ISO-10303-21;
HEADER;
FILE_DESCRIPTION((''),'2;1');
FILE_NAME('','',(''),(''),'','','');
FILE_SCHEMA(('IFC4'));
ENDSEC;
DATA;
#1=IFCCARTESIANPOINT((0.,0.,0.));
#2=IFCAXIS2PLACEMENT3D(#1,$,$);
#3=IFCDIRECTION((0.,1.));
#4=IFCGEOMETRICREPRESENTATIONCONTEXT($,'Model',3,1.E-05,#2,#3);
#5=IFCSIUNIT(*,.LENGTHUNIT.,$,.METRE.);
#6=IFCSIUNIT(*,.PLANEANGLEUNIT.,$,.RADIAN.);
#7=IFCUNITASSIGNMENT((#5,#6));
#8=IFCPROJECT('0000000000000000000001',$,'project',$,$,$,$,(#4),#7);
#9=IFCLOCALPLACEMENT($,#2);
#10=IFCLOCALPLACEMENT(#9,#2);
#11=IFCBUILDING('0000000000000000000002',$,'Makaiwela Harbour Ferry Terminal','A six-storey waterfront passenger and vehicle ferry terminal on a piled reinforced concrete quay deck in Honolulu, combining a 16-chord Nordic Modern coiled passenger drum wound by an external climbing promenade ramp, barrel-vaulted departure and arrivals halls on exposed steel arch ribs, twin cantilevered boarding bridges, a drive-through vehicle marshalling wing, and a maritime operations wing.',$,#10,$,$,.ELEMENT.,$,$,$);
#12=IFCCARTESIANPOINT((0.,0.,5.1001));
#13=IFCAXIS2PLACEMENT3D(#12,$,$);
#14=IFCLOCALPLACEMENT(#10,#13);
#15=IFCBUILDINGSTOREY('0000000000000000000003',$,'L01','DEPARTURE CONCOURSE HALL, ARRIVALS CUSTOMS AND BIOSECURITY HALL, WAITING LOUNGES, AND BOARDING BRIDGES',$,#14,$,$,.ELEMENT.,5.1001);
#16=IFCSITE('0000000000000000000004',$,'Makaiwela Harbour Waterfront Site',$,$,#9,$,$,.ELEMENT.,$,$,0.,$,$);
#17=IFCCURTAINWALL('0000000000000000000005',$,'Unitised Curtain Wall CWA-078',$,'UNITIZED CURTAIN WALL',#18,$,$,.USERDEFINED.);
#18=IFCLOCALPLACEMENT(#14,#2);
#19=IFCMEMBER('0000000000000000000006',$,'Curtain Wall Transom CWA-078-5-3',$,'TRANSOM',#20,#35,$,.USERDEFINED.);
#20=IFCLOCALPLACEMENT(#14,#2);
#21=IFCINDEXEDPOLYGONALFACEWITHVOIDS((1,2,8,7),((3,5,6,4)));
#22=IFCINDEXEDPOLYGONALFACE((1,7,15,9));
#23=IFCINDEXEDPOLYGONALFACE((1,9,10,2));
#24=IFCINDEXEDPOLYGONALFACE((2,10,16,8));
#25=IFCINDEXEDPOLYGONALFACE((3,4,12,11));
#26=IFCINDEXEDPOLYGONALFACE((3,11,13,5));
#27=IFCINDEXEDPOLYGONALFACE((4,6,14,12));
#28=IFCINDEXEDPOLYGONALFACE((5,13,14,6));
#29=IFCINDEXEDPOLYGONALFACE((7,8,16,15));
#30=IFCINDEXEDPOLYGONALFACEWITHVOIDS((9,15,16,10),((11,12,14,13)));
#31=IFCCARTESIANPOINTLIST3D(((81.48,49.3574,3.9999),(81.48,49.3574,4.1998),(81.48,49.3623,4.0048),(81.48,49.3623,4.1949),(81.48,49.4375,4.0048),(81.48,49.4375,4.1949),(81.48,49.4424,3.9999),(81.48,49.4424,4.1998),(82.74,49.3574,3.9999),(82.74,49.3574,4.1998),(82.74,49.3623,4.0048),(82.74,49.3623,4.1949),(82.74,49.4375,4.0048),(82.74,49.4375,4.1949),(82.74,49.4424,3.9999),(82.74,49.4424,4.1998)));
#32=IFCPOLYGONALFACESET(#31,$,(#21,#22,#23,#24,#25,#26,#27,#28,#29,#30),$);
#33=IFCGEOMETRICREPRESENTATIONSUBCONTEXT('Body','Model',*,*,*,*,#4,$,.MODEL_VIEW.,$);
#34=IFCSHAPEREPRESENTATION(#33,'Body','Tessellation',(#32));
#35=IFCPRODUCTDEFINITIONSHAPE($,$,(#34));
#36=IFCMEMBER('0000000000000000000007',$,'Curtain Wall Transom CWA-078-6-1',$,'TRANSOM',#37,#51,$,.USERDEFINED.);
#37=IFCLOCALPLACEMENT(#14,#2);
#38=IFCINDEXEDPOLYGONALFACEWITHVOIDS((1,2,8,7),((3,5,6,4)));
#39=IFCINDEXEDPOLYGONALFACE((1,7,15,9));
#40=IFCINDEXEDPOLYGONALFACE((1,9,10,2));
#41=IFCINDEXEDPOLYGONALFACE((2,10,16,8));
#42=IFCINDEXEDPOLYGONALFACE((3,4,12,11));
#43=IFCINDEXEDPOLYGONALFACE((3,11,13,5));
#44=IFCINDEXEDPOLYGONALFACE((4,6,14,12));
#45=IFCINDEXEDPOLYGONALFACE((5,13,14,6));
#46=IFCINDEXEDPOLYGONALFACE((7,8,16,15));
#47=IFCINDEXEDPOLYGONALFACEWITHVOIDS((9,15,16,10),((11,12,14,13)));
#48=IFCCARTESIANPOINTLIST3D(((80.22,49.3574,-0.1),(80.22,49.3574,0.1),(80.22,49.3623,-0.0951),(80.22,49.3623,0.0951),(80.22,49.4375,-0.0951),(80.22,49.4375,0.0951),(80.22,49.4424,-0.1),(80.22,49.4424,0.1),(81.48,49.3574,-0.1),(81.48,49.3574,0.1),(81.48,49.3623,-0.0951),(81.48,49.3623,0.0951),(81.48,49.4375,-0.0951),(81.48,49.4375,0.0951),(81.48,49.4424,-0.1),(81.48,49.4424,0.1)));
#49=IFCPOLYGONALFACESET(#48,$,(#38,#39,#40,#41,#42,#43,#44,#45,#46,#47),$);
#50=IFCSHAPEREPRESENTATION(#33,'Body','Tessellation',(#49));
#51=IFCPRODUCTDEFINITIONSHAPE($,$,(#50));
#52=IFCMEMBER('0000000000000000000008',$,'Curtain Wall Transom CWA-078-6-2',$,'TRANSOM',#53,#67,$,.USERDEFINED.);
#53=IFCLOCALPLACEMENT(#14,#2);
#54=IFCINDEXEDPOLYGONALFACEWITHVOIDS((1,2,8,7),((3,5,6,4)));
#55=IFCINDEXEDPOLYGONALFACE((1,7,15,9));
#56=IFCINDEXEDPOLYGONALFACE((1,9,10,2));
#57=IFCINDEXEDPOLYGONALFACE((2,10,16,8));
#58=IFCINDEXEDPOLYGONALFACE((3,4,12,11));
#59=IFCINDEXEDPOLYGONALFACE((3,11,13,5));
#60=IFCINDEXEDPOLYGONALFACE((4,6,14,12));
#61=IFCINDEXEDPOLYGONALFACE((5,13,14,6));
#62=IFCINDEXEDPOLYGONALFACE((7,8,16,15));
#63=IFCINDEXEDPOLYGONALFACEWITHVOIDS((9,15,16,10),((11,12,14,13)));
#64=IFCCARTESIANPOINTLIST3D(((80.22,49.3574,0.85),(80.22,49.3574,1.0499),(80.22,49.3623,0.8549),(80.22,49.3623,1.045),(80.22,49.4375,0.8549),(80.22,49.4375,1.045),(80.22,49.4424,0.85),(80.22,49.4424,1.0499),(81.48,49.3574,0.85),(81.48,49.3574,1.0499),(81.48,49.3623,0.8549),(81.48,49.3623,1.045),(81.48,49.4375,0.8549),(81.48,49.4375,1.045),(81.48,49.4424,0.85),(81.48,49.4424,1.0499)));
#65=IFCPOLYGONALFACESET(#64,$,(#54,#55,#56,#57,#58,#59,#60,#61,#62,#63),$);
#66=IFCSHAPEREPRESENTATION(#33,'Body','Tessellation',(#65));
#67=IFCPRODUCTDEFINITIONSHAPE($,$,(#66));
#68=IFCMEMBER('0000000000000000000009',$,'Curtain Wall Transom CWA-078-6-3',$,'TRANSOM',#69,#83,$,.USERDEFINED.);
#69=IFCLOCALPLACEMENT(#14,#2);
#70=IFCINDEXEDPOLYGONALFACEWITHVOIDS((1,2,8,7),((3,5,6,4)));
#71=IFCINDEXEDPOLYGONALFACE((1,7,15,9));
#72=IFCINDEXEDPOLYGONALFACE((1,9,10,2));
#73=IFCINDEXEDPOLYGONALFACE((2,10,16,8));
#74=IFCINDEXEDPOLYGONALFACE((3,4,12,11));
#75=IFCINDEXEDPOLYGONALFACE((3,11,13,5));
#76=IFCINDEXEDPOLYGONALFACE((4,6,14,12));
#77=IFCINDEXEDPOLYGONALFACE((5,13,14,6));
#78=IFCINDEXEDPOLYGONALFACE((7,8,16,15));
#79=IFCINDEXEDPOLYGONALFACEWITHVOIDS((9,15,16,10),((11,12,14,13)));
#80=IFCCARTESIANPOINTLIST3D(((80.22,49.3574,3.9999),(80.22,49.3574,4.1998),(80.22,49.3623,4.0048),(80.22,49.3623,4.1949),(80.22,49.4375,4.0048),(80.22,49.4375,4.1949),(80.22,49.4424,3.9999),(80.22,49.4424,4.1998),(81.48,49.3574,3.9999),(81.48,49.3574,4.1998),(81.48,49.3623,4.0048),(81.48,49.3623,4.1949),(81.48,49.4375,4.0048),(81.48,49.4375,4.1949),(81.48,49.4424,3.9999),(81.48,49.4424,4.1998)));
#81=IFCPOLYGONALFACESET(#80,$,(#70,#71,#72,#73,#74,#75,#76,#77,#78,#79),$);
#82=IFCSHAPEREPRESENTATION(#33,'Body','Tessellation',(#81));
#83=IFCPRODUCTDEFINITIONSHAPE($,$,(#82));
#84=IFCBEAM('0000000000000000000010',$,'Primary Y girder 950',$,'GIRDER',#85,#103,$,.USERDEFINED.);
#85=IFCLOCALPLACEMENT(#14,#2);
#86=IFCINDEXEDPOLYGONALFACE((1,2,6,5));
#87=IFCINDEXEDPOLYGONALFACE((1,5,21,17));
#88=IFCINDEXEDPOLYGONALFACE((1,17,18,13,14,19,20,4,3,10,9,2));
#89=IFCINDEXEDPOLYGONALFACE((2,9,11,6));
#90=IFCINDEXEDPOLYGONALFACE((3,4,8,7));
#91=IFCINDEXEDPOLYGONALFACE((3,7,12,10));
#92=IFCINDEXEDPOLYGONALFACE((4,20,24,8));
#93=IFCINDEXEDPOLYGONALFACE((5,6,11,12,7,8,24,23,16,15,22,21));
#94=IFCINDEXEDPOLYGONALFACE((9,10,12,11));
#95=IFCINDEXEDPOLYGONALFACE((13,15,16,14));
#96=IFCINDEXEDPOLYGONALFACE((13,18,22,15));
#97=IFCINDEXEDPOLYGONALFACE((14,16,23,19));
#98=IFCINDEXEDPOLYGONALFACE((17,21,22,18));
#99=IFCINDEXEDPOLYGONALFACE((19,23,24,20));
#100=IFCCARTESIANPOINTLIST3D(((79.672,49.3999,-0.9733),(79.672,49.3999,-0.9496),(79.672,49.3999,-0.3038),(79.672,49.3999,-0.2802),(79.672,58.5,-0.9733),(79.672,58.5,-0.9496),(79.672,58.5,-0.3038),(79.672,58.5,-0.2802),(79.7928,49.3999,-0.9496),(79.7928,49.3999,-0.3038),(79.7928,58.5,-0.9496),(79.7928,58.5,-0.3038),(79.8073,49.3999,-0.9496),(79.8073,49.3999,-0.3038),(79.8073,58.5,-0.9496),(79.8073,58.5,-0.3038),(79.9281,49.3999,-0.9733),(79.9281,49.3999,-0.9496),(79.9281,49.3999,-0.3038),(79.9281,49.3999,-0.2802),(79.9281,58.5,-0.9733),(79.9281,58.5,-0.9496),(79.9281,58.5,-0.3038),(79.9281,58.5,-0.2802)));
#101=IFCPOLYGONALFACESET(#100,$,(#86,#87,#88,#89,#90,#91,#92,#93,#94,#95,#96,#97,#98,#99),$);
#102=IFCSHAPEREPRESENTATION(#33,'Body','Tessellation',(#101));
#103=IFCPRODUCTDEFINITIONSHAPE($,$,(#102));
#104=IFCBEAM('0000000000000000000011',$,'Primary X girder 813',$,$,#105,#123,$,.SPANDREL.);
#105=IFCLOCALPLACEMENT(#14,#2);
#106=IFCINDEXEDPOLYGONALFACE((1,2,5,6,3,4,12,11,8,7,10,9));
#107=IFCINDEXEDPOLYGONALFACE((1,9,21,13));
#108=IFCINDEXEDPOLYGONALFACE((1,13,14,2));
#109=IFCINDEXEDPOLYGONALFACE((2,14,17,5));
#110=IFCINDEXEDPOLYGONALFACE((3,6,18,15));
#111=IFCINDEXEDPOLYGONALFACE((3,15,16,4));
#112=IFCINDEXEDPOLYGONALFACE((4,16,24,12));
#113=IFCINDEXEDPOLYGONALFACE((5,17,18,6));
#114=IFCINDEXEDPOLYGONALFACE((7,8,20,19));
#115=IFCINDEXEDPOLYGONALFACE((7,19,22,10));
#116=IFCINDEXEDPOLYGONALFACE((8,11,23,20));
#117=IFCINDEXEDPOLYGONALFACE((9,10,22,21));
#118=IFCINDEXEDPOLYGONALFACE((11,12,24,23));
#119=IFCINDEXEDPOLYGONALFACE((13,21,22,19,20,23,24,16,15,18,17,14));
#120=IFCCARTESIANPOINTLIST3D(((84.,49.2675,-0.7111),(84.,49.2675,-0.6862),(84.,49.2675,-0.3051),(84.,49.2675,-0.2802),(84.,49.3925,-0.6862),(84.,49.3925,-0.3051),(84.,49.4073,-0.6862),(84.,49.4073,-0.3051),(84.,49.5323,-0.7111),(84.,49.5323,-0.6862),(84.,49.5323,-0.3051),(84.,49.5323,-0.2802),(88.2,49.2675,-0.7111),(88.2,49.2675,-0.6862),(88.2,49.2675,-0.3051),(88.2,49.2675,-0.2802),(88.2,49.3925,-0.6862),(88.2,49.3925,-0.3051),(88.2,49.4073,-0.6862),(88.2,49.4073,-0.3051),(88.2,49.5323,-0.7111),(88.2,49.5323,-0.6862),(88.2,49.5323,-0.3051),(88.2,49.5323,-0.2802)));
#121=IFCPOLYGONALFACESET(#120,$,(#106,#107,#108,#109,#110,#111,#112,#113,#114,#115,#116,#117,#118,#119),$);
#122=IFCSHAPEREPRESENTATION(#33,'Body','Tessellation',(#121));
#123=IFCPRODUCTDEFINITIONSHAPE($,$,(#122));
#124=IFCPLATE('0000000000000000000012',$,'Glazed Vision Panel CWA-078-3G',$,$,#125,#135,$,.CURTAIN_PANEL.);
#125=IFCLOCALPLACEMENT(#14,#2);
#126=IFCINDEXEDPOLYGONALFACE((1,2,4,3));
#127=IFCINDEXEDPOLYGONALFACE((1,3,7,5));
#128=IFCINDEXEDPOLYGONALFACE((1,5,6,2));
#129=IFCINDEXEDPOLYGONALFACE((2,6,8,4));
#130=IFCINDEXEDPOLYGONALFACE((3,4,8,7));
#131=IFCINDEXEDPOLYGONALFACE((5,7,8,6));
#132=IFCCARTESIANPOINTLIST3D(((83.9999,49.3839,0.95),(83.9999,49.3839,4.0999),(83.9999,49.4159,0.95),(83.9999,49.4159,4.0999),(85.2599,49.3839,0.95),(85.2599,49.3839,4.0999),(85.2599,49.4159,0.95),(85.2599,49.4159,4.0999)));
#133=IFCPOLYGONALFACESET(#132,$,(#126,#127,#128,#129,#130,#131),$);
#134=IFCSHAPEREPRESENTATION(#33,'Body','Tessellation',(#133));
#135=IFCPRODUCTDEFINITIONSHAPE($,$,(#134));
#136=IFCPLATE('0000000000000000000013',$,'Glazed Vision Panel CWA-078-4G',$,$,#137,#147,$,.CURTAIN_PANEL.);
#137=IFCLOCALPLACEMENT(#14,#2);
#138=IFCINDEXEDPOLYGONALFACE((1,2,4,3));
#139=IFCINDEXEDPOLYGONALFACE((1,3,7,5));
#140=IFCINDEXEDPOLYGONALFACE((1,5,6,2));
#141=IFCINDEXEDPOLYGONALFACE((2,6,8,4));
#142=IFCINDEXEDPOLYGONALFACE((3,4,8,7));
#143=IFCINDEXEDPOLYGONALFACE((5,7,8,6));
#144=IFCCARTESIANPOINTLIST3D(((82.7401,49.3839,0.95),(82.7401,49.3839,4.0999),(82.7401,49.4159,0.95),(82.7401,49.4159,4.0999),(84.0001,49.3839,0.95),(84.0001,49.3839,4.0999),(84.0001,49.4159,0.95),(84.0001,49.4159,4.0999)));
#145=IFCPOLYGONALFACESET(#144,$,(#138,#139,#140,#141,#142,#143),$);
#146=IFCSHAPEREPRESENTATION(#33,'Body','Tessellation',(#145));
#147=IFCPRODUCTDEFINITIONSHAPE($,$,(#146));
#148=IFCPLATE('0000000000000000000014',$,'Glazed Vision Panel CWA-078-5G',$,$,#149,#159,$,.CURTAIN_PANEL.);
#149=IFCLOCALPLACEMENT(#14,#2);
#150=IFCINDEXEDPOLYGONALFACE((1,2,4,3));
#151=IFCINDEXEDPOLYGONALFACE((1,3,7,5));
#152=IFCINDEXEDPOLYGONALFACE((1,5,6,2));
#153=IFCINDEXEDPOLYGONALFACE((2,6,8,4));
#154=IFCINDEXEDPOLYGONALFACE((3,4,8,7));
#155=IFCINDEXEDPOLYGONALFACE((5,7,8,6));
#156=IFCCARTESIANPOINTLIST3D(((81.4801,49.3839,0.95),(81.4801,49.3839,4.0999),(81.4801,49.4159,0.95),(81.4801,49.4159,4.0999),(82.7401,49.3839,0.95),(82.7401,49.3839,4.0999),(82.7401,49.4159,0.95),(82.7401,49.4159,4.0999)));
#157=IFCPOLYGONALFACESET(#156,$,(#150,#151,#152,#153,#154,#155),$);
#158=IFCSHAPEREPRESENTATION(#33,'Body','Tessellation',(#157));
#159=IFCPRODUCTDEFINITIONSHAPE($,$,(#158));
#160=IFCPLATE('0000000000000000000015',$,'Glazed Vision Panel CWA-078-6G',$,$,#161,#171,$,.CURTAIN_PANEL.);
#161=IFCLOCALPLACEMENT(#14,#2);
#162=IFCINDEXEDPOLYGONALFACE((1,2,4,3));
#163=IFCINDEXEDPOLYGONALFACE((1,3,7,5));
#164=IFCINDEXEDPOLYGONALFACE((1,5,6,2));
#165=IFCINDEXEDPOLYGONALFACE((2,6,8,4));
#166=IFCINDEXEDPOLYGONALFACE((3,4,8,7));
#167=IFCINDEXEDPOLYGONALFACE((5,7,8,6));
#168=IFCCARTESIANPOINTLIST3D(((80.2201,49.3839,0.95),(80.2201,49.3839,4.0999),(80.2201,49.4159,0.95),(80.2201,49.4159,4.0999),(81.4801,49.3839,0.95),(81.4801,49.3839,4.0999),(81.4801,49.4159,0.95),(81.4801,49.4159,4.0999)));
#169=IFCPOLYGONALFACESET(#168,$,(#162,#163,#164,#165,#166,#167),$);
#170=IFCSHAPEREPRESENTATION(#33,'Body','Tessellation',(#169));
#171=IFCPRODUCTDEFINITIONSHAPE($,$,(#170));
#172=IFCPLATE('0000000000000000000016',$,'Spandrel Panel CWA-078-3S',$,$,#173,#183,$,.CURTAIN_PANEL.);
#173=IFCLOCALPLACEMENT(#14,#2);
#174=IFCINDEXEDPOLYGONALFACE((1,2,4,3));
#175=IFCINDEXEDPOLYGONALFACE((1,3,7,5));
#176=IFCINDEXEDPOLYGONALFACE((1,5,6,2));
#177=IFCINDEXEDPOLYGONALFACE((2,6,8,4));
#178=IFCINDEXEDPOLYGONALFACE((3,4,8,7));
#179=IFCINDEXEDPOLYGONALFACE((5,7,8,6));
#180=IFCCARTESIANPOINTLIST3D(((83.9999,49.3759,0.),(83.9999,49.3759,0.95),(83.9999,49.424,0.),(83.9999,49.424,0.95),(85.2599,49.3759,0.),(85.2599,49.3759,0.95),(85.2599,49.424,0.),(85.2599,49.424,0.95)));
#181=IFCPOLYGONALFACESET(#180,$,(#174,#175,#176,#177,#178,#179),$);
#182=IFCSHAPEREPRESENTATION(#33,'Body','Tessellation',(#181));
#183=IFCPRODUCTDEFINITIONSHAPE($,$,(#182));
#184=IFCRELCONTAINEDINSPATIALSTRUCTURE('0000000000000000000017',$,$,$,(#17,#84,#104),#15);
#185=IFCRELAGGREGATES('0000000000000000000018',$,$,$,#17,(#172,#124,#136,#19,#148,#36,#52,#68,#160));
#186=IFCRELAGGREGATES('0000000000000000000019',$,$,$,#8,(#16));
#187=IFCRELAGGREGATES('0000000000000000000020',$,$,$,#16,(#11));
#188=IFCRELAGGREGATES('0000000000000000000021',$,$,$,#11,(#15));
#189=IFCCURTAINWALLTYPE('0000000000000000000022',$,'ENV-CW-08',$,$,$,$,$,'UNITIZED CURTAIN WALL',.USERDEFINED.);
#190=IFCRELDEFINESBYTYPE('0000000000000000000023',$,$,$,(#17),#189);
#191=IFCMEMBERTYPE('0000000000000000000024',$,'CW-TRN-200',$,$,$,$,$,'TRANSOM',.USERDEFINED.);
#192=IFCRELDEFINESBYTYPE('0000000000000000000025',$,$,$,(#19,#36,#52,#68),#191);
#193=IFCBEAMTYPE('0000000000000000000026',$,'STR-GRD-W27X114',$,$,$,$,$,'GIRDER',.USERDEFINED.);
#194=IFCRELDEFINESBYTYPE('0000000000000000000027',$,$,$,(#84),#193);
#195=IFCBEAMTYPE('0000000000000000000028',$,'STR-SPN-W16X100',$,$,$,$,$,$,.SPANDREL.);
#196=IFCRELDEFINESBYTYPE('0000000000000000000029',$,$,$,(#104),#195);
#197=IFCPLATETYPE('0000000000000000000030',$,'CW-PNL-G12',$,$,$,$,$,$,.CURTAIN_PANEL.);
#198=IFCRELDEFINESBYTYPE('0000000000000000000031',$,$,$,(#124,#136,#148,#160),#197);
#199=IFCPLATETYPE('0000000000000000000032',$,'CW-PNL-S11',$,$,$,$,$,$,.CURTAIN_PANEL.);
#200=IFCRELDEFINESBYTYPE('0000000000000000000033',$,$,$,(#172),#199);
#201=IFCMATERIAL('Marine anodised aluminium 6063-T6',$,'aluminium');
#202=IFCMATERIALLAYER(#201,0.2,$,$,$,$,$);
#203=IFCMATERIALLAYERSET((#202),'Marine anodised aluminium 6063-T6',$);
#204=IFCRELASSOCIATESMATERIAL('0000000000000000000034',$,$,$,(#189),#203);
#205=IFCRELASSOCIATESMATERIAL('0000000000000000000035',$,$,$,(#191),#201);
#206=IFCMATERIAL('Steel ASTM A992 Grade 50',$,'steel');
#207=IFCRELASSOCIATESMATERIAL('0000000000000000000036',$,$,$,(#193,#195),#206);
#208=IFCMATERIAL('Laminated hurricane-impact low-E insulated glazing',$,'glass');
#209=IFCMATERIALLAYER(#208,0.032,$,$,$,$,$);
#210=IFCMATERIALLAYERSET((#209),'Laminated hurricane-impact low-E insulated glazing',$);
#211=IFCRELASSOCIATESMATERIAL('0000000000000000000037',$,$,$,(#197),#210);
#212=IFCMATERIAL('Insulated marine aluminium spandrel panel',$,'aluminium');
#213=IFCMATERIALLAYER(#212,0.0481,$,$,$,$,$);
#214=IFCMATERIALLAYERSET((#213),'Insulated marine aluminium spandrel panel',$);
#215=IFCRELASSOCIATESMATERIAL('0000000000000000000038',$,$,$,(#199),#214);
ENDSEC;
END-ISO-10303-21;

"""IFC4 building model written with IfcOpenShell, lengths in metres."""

from ifc_helpers import new_model, si_unit, direction, frame, origin, origin_2d, place, context, subcontext, project, spatial, rectangle, hollow_rectangle, i_section, extrude, material, layer, layer_set, material_profile, profile_set, type_object, element, aggregate, save


model = new_model("IFC4")

# Units and contexts
model_context = context("Model", 3, precision=1e-05, world=origin(), true_north=direction((0.0, 1.0)))
body_context = subcontext(model_context, "Body", "Model", "MODEL_VIEW")
ifc_project = project(units=[si_unit("LENGTHUNIT", "METRE"), si_unit("PLANEANGLEUNIT", "RADIAN")], contexts=[model_context])

# Site, building, storey
site_placement = place(None, origin())
site = spatial("IfcSite", under=ifc_project, at=site_placement, Name="Makaiwela Harbour Waterfront Site", CompositionType="ELEMENT", RefElevation=0.0)
building_placement = place(site_placement, origin())
building = spatial("IfcBuilding", under=site, at=building_placement, Name="Makaiwela Harbour Ferry Terminal", Description="A six-storey waterfront passenger and vehicle ferry terminal on a piled reinforced concrete quay deck in Honolulu, combining a 16-chord Nordic Modern coiled passenger drum wound by an external climbing promenade ramp, barrel-vaulted departure and arrivals halls on exposed steel arch ribs, twin cantilevered boarding bridges, a drive-through vehicle marshalling wing, and a maritime operations wing.", CompositionType="ELEMENT")
storey_placement = place(building_placement, frame((0.0, 0.0, 5.1001)))
storey = spatial("IfcBuildingStorey", under=building, at=storey_placement, Name="L01", Description="DEPARTURE CONCOURSE HALL, ARRIVALS CUSTOMS AND BIOSECURITY HALL, WAITING LOUNGES, AND BOARDING BRIDGES", CompositionType="ELEMENT", Elevation=5.1001)

# Shared definitions
ifc_material_1 = material(Name="Steel ASTM A992 Grade 50", Category="steel")

# Curtain wall, members
ifc_material_2 = material(Name="Marine anodised aluminium 6063-T6", Category="aluminium")
ifc_layer_1 = layer(ifc_material_2, 0.2)
ifc_layer_set_1 = layer_set([ifc_layer_1], Name="Marine anodised aluminium 6063-T6")
curtain_wall_type = type_object("IfcCurtainWallType", Name="ENV-CW-08", ElementType="UNITIZED CURTAIN WALL", PredefinedType="USERDEFINED", material=ifc_layer_set_1)
curtain_wall_placement = place(storey_placement, origin())
curtain_wall = element("IfcCurtainWall", 1, at=curtain_wall_placement, inside=storey, type_object=curtain_wall_type, Name="Unitised Curtain Wall CWA-078", ObjectType="UNITIZED CURTAIN WALL", PredefinedType="USERDEFINED")
ifc_material_profile_1 = material_profile(ifc_material_2, hollow_rectangle(XDim=0.085, YDim=0.2, WallThickness=0.0049, at=origin_2d()), Name="CWT-200X85")
ifc_profile_set_1 = profile_set([ifc_material_profile_1], Name="Marine anodised aluminium 6063-T6")
member_type_1 = type_object("IfcMemberType", Name="CW-TRN-200", ElementType="TRANSOM", PredefinedType="USERDEFINED", material=ifc_profile_set_1)
member_1_placement = place(storey_placement, frame((82.74, 49.3999, 4.0999), z_axis=(-1.0, 0.0, 0.0), x_axis=(0.0, -1.0, 0.0)))
member_1 = element("IfcMember", 2, at=member_1_placement, type_object=member_type_1, Name="Curtain Wall Transom CWA-078-5-3", ObjectType="TRANSOM", PredefinedType="USERDEFINED", context=body_context, shape_type="SweptSolid", body=[
    extrude(hollow_rectangle(XDim=0.085, YDim=0.2, WallThickness=0.0049, at=origin_2d()), origin(), (0.0, 0.0, 1.0), 1.26),
])
member_2_placement = place(storey_placement, frame((81.48, 49.3999, 0.0), z_axis=(-1.0, 0.0, 0.0), x_axis=(0.0, -1.0, 0.0)))
member_2 = element("IfcMember", 3, at=member_2_placement, type_object=member_type_1, Name="Curtain Wall Transom CWA-078-6-1", ObjectType="TRANSOM", PredefinedType="USERDEFINED", context=body_context, shape_type="SweptSolid", body=[
    extrude(hollow_rectangle(XDim=0.085, YDim=0.2, WallThickness=0.0049, at=origin_2d()), origin(), (0.0, 0.0, 1.0), 1.26),
])
member_3_placement = place(storey_placement, frame((81.48, 49.3999, 0.95), z_axis=(-1.0, 0.0, 0.0), x_axis=(0.0, -1.0, 0.0)))
member_3 = element("IfcMember", 4, at=member_3_placement, type_object=member_type_1, Name="Curtain Wall Transom CWA-078-6-2", ObjectType="TRANSOM", PredefinedType="USERDEFINED", context=body_context, shape_type="SweptSolid", body=[
    extrude(hollow_rectangle(XDim=0.085, YDim=0.2, WallThickness=0.0049, at=origin_2d()), origin(), (0.0, 0.0, 1.0), 1.26),
])
member_4_placement = place(storey_placement, frame((81.48, 49.3999, 4.0999), z_axis=(-1.0, 0.0, 0.0), x_axis=(0.0, -1.0, 0.0)))
member_4 = element("IfcMember", 5, at=member_4_placement, type_object=member_type_1, Name="Curtain Wall Transom CWA-078-6-3", ObjectType="TRANSOM", PredefinedType="USERDEFINED", context=body_context, shape_type="SweptSolid", body=[
    extrude(hollow_rectangle(XDim=0.085, YDim=0.2, WallThickness=0.0049, at=origin_2d()), origin(), (0.0, 0.0, 1.0), 1.26),
])

# Beams
ifc_material_profile_2 = material_profile(ifc_material_1, i_section(OverallWidth=0.2561, OverallDepth=0.6931, WebThickness=0.0144, FlangeThickness=0.0237, at=origin_2d()), Name="W27X114")
ifc_profile_set_2 = profile_set([ifc_material_profile_2], Name="Steel ASTM A992 Grade 50")
beam_type_1 = type_object("IfcBeamType", Name="STR-GRD-W27X114", ElementType="GIRDER", PredefinedType="USERDEFINED", material=ifc_profile_set_2)
beam_1_placement = place(storey_placement, frame((79.8, 49.3999, -0.6267), z_axis=(0.0, 1.0, 0.0), x_axis=(-1.0, 0.0, 0.0)))
element("IfcBeam", 6, at=beam_1_placement, inside=storey, type_object=beam_type_1, Name="Primary Y girder 950", ObjectType="GIRDER", PredefinedType="USERDEFINED", context=body_context, shape_type="SweptSolid", body=[
    extrude(i_section(OverallWidth=0.2561, OverallDepth=0.6931, WebThickness=0.0144, FlangeThickness=0.0237, at=origin_2d()), origin(), (0.0, 0.0, 1.0), 9.1001),
])
ifc_material_profile_3 = material_profile(ifc_material_1, i_section(OverallWidth=0.2649, OverallDepth=0.4309, WebThickness=0.0149, FlangeThickness=0.0249, at=origin_2d()), Name="W16X100")
ifc_profile_set_3 = profile_set([ifc_material_profile_3], Name="Steel ASTM A992 Grade 50")
beam_type_2 = type_object("IfcBeamType", Name="STR-SPN-W16X100", PredefinedType="SPANDREL", material=ifc_profile_set_3)
beam_2_placement = place(storey_placement, frame((84.0, 49.3999, -0.4956), z_axis=(1.0, 0.0, 0.0), x_axis=(0.0, 1.0, 0.0)))
element("IfcBeam", 7, at=beam_2_placement, inside=storey, type_object=beam_type_2, Name="Primary X girder 813", PredefinedType="SPANDREL", context=body_context, shape_type="SweptSolid", body=[
    extrude(i_section(OverallWidth=0.2649, OverallDepth=0.4309, WebThickness=0.0149, FlangeThickness=0.0249, at=origin_2d()), origin(), (0.0, 0.0, 1.0), 4.2),
])

# Plates
ifc_material_3 = material(Name="Laminated hurricane-impact low-E insulated glazing", Category="glass")
ifc_layer_2 = layer(ifc_material_3, 0.032)
ifc_layer_set_2 = layer_set([ifc_layer_2], Name="Laminated hurricane-impact low-E insulated glazing")
plate_type_1 = type_object("IfcPlateType", Name="CW-PNL-G12", PredefinedType="CURTAIN_PANEL", material=ifc_layer_set_2)
plate_1_placement = place(storey_placement, frame((84.6299, 49.3999, 0.95), z_axis=(0.0, 0.0, 1.0), x_axis=(-1.0, 0.0, 0.0)))
plate_1 = element("IfcPlate", 8, at=plate_1_placement, type_object=plate_type_1, Name="Glazed Vision Panel CWA-078-3G", PredefinedType="CURTAIN_PANEL", context=body_context, shape_type="SweptSolid", body=[
    extrude(rectangle(XDim=1.26, YDim=0.032, at=origin_2d()), origin(), (0.0, 0.0, 1.0), 3.1499),
])
plate_2_placement = place(storey_placement, frame((83.3701, 49.3999, 0.95), z_axis=(0.0, 0.0, 1.0), x_axis=(-1.0, 0.0, 0.0)))
plate_2 = element("IfcPlate", 9, at=plate_2_placement, type_object=plate_type_1, Name="Glazed Vision Panel CWA-078-4G", PredefinedType="CURTAIN_PANEL", context=body_context, shape_type="SweptSolid", body=[
    extrude(rectangle(XDim=1.26, YDim=0.032, at=origin_2d()), origin(), (0.0, 0.0, 1.0), 3.1499),
])
plate_3_placement = place(storey_placement, frame((82.1101, 49.3999, 0.95), z_axis=(0.0, 0.0, 1.0), x_axis=(-1.0, 0.0, 0.0)))
plate_3 = element("IfcPlate", 10, at=plate_3_placement, type_object=plate_type_1, Name="Glazed Vision Panel CWA-078-5G", PredefinedType="CURTAIN_PANEL", context=body_context, shape_type="SweptSolid", body=[
    extrude(rectangle(XDim=1.26, YDim=0.032, at=origin_2d()), origin(), (0.0, 0.0, 1.0), 3.1499),
])
plate_4_placement = place(storey_placement, frame((80.8501, 49.3999, 0.95), z_axis=(0.0, 0.0, 1.0), x_axis=(-1.0, 0.0, 0.0)))
plate_4 = element("IfcPlate", 11, at=plate_4_placement, type_object=plate_type_1, Name="Glazed Vision Panel CWA-078-6G", PredefinedType="CURTAIN_PANEL", context=body_context, shape_type="SweptSolid", body=[
    extrude(rectangle(XDim=1.26, YDim=0.032, at=origin_2d()), origin(), (0.0, 0.0, 1.0), 3.1499),
])
ifc_material_4 = material(Name="Insulated marine aluminium spandrel panel", Category="aluminium")
ifc_layer_3 = layer(ifc_material_4, 0.0481)
ifc_layer_set_3 = layer_set([ifc_layer_3], Name="Insulated marine aluminium spandrel panel")
plate_type_2 = type_object("IfcPlateType", Name="CW-PNL-S11", PredefinedType="CURTAIN_PANEL", material=ifc_layer_set_3)
plate_5_placement = place(storey_placement, frame((84.6299, 49.3999, 0.0), z_axis=(0.0, 0.0, 1.0), x_axis=(-1.0, 0.0, 0.0)))
plate_5 = element("IfcPlate", 12, at=plate_5_placement, type_object=plate_type_2, Name="Spandrel Panel CWA-078-3S", PredefinedType="CURTAIN_PANEL", context=body_context, shape_type="SweptSolid", body=[
    extrude(rectangle(XDim=1.26, YDim=0.0481, at=origin_2d()), origin(), (0.0, 0.0, 1.0), 0.95),
])
aggregate(curtain_wall, [plate_5, plate_1, plate_2, member_1, plate_3, member_2, member_3, member_4, plate_4])

save(model, "model.ifc")
